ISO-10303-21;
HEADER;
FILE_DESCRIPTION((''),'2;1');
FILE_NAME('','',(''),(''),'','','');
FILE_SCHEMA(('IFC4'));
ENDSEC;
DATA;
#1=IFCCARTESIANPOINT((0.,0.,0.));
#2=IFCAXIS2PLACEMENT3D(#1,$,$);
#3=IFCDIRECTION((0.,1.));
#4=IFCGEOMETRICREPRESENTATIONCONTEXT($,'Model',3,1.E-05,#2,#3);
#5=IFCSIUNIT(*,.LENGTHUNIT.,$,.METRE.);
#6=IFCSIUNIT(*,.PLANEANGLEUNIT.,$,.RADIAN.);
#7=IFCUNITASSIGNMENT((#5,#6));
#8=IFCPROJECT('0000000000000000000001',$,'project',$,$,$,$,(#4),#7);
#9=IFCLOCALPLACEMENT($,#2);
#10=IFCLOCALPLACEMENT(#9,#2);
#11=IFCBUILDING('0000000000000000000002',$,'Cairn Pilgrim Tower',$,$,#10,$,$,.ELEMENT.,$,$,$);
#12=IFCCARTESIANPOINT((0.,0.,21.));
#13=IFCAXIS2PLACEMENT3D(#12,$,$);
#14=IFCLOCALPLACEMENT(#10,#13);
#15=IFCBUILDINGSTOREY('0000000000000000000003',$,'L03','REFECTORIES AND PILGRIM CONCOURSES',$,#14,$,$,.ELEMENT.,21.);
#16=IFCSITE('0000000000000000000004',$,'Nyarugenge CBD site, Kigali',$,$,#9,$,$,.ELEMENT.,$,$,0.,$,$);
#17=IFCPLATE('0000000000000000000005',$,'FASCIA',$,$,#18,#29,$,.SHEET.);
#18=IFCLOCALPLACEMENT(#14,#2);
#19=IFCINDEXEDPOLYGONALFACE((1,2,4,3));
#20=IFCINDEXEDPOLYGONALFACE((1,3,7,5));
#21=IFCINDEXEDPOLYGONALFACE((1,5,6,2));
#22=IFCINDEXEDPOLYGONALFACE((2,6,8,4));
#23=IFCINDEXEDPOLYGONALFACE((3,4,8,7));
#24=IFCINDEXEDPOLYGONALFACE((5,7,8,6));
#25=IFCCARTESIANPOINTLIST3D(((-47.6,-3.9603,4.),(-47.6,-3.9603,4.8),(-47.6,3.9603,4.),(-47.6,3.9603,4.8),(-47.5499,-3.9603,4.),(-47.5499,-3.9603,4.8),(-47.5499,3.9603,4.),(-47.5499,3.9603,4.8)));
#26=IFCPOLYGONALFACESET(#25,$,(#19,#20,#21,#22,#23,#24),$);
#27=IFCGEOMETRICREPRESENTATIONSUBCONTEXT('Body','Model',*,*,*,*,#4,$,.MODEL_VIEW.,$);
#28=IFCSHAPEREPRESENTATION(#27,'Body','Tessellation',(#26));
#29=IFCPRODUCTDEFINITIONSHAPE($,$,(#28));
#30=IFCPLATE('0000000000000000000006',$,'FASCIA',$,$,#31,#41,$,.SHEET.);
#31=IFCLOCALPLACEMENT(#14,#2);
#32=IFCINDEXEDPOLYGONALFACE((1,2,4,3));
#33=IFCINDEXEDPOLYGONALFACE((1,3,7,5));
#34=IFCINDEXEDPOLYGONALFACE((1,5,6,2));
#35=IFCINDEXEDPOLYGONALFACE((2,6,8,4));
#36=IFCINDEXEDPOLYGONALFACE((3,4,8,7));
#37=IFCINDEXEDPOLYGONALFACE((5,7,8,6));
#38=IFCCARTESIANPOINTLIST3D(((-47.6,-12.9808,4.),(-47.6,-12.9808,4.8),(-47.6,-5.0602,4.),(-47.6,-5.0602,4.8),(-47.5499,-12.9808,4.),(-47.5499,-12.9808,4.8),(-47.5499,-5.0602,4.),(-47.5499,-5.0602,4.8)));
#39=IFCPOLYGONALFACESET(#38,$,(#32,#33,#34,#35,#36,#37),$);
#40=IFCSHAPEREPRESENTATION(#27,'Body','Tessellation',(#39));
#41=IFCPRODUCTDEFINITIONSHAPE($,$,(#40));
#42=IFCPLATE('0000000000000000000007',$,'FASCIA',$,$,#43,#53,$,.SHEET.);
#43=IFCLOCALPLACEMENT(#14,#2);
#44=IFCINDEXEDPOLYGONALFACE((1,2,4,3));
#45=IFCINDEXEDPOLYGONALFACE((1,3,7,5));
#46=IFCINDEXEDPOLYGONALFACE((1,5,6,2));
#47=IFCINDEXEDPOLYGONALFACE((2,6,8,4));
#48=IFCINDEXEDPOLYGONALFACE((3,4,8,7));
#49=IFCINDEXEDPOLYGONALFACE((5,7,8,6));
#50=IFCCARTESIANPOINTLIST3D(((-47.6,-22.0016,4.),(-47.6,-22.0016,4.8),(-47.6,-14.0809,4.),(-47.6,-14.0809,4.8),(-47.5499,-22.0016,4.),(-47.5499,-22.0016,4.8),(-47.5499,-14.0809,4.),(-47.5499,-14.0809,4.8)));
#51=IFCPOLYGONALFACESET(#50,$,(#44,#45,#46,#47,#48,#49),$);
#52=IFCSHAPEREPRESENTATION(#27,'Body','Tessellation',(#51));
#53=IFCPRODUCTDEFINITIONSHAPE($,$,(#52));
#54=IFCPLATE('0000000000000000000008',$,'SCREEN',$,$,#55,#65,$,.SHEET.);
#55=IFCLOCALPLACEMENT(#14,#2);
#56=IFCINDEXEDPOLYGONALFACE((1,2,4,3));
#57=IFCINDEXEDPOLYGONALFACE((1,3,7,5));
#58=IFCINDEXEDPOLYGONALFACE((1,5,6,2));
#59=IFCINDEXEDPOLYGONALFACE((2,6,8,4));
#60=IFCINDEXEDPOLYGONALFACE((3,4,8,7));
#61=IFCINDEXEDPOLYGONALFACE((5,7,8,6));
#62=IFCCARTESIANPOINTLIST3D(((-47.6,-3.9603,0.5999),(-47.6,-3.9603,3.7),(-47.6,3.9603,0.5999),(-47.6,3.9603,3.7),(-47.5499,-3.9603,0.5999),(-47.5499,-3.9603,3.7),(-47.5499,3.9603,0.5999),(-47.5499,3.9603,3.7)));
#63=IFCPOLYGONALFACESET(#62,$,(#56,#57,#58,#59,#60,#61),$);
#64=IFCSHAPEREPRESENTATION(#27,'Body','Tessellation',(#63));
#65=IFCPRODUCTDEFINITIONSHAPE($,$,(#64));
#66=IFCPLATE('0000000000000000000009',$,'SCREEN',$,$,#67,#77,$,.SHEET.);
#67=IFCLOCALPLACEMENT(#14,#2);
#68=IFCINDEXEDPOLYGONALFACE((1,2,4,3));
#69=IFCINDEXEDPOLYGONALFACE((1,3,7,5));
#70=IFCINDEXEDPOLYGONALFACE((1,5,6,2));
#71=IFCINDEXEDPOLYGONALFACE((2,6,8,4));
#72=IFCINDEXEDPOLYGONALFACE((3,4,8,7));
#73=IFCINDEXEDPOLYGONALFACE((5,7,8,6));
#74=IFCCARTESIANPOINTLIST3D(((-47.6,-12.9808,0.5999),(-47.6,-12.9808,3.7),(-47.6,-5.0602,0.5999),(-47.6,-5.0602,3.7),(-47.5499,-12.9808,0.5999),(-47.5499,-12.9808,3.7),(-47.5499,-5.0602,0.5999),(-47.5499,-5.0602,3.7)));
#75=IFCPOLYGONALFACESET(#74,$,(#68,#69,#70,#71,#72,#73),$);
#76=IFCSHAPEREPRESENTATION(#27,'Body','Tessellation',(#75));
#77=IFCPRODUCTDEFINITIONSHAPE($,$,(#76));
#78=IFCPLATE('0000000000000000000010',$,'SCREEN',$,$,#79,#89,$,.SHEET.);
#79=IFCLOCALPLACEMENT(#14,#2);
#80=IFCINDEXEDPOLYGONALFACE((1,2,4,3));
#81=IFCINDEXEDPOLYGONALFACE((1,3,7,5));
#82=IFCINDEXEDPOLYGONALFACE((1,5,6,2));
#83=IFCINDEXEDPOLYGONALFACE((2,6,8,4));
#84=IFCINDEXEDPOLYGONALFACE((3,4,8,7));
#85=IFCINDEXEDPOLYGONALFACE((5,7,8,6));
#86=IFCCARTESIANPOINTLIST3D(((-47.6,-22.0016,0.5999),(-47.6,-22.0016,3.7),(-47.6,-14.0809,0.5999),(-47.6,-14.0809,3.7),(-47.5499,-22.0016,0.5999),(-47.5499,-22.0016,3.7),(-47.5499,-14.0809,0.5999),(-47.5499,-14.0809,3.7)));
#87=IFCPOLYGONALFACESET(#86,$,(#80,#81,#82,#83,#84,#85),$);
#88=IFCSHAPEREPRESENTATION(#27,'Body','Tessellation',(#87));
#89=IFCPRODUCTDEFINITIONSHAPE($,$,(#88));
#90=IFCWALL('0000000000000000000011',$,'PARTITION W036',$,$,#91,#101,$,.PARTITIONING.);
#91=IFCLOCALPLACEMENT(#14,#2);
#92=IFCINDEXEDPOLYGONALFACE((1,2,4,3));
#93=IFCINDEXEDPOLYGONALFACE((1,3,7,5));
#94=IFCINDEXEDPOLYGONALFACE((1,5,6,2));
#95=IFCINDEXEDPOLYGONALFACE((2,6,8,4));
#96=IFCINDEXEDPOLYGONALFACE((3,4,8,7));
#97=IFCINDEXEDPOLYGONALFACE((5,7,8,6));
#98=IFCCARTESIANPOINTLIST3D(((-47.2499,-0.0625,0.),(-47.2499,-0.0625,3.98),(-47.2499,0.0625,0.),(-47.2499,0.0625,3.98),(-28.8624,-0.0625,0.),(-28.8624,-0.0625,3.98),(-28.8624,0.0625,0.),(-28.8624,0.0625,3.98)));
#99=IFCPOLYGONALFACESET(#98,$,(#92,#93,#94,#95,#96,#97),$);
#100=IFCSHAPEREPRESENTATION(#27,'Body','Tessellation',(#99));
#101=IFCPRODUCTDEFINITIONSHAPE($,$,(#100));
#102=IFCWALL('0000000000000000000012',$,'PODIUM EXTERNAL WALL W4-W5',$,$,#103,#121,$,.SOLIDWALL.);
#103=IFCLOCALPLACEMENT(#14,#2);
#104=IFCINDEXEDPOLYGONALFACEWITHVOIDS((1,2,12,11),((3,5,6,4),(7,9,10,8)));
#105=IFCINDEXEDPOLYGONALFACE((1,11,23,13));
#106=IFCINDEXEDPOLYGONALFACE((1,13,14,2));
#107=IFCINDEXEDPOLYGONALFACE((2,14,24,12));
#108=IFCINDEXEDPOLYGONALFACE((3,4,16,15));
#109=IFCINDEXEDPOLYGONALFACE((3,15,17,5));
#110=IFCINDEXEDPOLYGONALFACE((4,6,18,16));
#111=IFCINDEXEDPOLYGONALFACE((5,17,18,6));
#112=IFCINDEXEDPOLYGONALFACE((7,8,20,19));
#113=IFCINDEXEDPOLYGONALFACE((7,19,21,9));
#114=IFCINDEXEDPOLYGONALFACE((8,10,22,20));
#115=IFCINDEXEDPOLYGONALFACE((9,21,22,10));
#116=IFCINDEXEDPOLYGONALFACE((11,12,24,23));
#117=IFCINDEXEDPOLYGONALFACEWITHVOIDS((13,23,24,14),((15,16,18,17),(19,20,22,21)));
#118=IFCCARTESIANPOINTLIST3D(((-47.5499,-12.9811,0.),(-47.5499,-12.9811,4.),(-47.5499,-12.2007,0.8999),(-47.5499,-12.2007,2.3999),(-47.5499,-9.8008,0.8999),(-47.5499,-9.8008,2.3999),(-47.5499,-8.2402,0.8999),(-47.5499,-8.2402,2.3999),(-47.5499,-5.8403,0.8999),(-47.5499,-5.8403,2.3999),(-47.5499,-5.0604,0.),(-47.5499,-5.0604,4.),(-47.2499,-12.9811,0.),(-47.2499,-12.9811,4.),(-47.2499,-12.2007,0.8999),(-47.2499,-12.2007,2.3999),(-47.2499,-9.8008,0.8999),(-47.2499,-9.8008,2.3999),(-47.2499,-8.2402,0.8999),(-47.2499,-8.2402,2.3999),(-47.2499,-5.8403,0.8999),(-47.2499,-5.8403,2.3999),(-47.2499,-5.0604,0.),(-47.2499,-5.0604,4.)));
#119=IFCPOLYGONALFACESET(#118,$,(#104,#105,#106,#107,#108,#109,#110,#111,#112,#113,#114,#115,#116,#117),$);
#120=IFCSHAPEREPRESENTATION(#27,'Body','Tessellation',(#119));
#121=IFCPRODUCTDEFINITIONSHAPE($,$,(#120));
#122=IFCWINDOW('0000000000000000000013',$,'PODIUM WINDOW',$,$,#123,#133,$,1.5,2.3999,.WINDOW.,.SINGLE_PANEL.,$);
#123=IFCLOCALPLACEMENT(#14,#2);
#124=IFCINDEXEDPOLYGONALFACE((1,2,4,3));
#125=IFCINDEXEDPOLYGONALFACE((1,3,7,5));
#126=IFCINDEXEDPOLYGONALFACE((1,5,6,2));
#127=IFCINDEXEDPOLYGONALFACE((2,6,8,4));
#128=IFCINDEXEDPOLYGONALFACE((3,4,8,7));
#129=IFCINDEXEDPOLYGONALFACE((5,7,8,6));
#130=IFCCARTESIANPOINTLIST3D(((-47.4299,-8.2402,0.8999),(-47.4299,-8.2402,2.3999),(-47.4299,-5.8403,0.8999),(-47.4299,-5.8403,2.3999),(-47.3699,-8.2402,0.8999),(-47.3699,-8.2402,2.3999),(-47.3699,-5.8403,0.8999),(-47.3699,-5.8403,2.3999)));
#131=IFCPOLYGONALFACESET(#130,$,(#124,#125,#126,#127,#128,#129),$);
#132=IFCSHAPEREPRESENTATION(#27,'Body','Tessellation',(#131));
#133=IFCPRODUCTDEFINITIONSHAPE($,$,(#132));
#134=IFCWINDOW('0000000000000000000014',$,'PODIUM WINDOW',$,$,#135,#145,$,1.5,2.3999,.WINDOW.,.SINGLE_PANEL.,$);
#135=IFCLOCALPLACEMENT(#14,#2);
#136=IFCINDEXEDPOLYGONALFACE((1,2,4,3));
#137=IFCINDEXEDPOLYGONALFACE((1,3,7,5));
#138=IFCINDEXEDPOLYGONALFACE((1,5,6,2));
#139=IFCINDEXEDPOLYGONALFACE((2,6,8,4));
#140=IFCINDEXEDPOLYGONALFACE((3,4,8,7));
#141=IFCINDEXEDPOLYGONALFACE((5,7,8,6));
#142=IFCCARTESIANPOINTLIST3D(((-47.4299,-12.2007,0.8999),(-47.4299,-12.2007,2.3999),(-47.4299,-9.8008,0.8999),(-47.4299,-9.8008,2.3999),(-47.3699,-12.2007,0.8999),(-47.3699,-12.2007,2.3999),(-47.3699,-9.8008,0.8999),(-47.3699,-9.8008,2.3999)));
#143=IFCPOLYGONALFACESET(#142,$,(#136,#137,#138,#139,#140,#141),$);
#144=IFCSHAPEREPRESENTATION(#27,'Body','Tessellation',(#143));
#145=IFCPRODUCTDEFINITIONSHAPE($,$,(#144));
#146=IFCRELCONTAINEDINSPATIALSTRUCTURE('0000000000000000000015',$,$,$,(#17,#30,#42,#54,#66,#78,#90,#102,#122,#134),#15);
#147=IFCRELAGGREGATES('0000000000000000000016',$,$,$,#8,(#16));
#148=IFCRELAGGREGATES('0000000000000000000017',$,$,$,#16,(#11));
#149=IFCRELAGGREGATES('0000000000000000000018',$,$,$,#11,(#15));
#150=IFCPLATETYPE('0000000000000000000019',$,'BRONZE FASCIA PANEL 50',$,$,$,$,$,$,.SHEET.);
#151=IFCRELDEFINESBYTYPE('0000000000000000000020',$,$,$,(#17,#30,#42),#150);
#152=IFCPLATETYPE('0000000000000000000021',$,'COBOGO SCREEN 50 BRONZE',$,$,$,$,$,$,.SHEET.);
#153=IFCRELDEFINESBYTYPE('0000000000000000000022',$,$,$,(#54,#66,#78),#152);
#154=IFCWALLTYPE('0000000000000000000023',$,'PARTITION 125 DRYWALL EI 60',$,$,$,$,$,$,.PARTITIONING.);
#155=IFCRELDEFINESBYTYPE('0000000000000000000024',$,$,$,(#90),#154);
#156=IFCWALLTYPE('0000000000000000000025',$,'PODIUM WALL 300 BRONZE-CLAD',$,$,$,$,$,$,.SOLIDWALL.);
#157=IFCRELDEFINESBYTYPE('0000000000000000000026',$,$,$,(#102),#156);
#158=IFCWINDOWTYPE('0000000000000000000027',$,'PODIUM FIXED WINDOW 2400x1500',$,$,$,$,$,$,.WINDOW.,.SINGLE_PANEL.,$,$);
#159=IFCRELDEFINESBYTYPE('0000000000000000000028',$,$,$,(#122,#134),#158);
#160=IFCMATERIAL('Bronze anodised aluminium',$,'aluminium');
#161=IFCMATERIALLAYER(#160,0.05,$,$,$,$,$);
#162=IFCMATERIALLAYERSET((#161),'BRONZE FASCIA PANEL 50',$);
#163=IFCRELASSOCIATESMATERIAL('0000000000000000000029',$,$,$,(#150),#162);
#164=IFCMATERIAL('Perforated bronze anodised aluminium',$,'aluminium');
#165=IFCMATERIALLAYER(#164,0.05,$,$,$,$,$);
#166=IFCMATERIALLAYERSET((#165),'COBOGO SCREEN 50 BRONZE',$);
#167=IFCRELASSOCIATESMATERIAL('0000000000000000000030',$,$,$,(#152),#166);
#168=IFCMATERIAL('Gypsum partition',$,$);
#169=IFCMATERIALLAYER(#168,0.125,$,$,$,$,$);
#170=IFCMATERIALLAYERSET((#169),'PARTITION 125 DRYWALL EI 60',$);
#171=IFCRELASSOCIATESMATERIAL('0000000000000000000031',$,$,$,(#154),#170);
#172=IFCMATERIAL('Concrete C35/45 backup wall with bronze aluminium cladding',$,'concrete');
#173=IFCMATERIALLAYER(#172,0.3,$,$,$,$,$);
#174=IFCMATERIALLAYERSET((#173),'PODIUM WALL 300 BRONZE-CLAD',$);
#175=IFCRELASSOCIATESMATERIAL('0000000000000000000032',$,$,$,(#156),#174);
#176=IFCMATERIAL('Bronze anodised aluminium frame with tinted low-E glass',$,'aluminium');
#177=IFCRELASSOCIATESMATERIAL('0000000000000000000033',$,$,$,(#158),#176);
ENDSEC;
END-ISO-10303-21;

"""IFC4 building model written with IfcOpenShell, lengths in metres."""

from ifc_helpers import new_model, si_unit, direction, frame, frame_2d, origin, origin_2d, place, context, subcontext, project, spatial, rectangle, extrude, material, layer, layer_set, type_object, element, fill, save


model = new_model("IFC4")

# Units and contexts
model_context = context("Model", 3, precision=1e-05, world=origin(), true_north=direction((0.0, 1.0)))
body_context = subcontext(model_context, "Body", "Model", "MODEL_VIEW")
ifc_project = project(units=[si_unit("LENGTHUNIT", "METRE"), si_unit("PLANEANGLEUNIT", "RADIAN")], contexts=[model_context])

# Site, building, storey
site_placement = place(None, origin())
site = spatial("IfcSite", under=ifc_project, at=site_placement, Name="Nyarugenge CBD site, Kigali", CompositionType="ELEMENT", RefElevation=0.0)
building_placement = place(site_placement, origin())
building = spatial("IfcBuilding", under=site, at=building_placement, Name="Cairn Pilgrim Tower", CompositionType="ELEMENT")
storey_placement = place(building_placement, frame((0.0, 0.0, 21.0)))
storey = spatial("IfcBuildingStorey", under=building, at=storey_placement, Name="L03", Description="REFECTORIES AND PILGRIM CONCOURSES", CompositionType="ELEMENT", Elevation=21.0)

# Plates
ifc_material_1 = material(Name="Bronze anodised aluminium", Category="aluminium")
ifc_layer_1 = layer(ifc_material_1, 0.05)
ifc_layer_set_1 = layer_set([ifc_layer_1], Name="BRONZE FASCIA PANEL 50")
plate_type_1 = type_object("IfcPlateType", Name="BRONZE FASCIA PANEL 50", PredefinedType="SHEET", material=ifc_layer_set_1)
for number, where, z_axis, x_axis, name in (
    (1, (-47.575, 0.0, 4.0), (0.0, 0.0, 1.0), (0.0, -1.0, 0.0), "FASCIA"),
    (2, (-47.575, -9.0205, 4.0), (0.0, 0.0, 1.0), (0.0, -1.0, 0.0), "FASCIA"),
    (3, (-47.575, -18.0413, 4.0), (0.0, 0.0, 1.0), (0.0, -1.0, 0.0), "FASCIA"),
):
    element("IfcPlate", number, at=place(storey_placement, frame(where, z_axis=z_axis, x_axis=x_axis)), inside=storey, type_object=plate_type_1, Name=name, PredefinedType="SHEET", context=body_context, shape_type="SweptSolid", body=[
        extrude(rectangle(XDim=7.9207, YDim=0.05, at=origin_2d()), origin(), (0.0, 0.0, 1.0), 0.8),
    ])
ifc_material_2 = material(Name="Perforated bronze anodised aluminium", Category="aluminium")
ifc_layer_2 = layer(ifc_material_2, 0.05)
ifc_layer_set_2 = layer_set([ifc_layer_2], Name="COBOGO SCREEN 50 BRONZE")
plate_type_2 = type_object("IfcPlateType", Name="COBOGO SCREEN 50 BRONZE", PredefinedType="SHEET", material=ifc_layer_set_2)
for number, where, z_axis, x_axis, name in (
    (4, (-47.575, 0.0, 0.5999), (0.0, 0.0, 1.0), (0.0, -1.0, 0.0), "SCREEN"),
    (5, (-47.575, -9.0205, 0.5999), (0.0, 0.0, 1.0), (0.0, -1.0, 0.0), "SCREEN"),
    (6, (-47.575, -18.0413, 0.5999), (0.0, 0.0, 1.0), (0.0, -1.0, 0.0), "SCREEN"),
):
    element("IfcPlate", number, at=place(storey_placement, frame(where, z_axis=z_axis, x_axis=x_axis)), inside=storey, type_object=plate_type_2, Name=name, PredefinedType="SHEET", context=body_context, shape_type="SweptSolid", body=[
        extrude(rectangle(XDim=7.9207, YDim=0.05, at=origin_2d()), origin(), (0.0, 0.0, 1.0), 3.1001),
    ])

# Wall
ifc_material_3 = material(Name="Gypsum partition")
ifc_layer_3 = layer(ifc_material_3, 0.125)
ifc_layer_set_3 = layer_set([ifc_layer_3], Name="PARTITION 125 DRYWALL EI 60")
wall_type_1 = type_object("IfcWallType", Name="PARTITION 125 DRYWALL EI 60", PredefinedType="PARTITIONING", material=ifc_layer_set_3)
wall_1_placement = place(storey_placement, frame((-47.25, 0.0, 0.0), z_axis=(0.0, 0.0, 1.0), x_axis=(1.0, 0.0, 0.0)))
element("IfcWall", 7, at=wall_1_placement, inside=storey, type_object=wall_type_1, Name="PARTITION W036", PredefinedType="PARTITIONING", context=body_context, shape_type="SweptSolid", body=[
    extrude(rectangle(XDim=18.3875, YDim=0.125, at=frame_2d((9.1938, 0.0))), origin(), (0.0, 0.0, 1.0), 3.98),
])

# Wall, openings, windows
ifc_material_4 = material(Name="Concrete C35/45 backup wall with bronze aluminium cladding", Category="concrete")
ifc_layer_4 = layer(ifc_material_4, 0.3)
ifc_layer_set_4 = layer_set([ifc_layer_4], Name="PODIUM WALL 300 BRONZE-CLAD")
wall_type_2 = type_object("IfcWallType", Name="PODIUM WALL 300 BRONZE-CLAD", PredefinedType="SOLIDWALL", material=ifc_layer_set_4)
wall_2_placement = place(storey_placement, frame((-47.3999, -5.0603, 0.0), z_axis=(0.0, 0.0, 1.0), x_axis=(0.0, -1.0, 0.0)))
wall_2 = element("IfcWall", 8, at=wall_2_placement, inside=storey, type_object=wall_type_2, Name="PODIUM EXTERNAL WALL W4-W5", PredefinedType="SOLIDWALL", context=body_context, shape_type="SweptSolid", body=[
    extrude(rectangle(XDim=7.9207, YDim=0.3, at=frame_2d((3.9604, 0.0))), origin(), (0.0, 0.0, 1.0), 4.0),
])
opening_1_placement = place(wall_2_placement, frame((0.78, 0.0, 0.8999)))
opening_1 = element("IfcOpeningElement", 9, at=opening_1_placement, cuts=wall_2, PredefinedType="OPENING", context=body_context, shape_type="SweptSolid", body=[
    extrude(rectangle(XDim=2.3999, YDim=1.5, at=frame_2d((1.2, 0.75))), frame((0.0, 0.1602, 0.0), z_axis=(0.0, -1.0, 0.0), x_axis=(1.0, 0.0, 0.0)), (0.0, 0.0, 1.0), 0.3201),
])
opening_2_placement = place(wall_2_placement, frame((4.7405, 0.0, 0.8999)))
opening_2 = element("IfcOpeningElement", 10, at=opening_2_placement, cuts=wall_2, PredefinedType="OPENING", context=body_context, shape_type="SweptSolid", body=[
    extrude(rectangle(XDim=2.3999, YDim=1.5, at=frame_2d((1.2, 0.75))), frame((0.0, 0.1602, 0.0), z_axis=(0.0, -1.0, 0.0), x_axis=(1.0, 0.0, 0.0)), (0.0, 0.0, 1.0), 0.3201),
])
ifc_material_5 = material(Name="Bronze anodised aluminium frame with tinted low-E glass", Category="aluminium")
window_type = type_object("IfcWindowType", Name="PODIUM FIXED WINDOW 2400x1500", PartitioningType="SINGLE_PANEL", PredefinedType="WINDOW", material=ifc_material_5)
window_1_placement = place(opening_1_placement, origin())
window_1 = element("IfcWindow", 11, at=window_1_placement, inside=storey, type_object=window_type, Name="PODIUM WINDOW", OverallHeight=1.5, OverallWidth=2.3999, PartitioningType="SINGLE_PANEL", PredefinedType="WINDOW", context=body_context, shape_type="SweptSolid", body=[
    extrude(rectangle(XDim=2.3999, YDim=1.5, at=frame_2d((1.2, 0.75))), frame((0.0, 0.03, 0.0), z_axis=(0.0, -1.0, 0.0), x_axis=(1.0, 0.0, 0.0)), (0.0, 0.0, 1.0), 0.0601),
])
fill(opening_1, window_1)
window_2_placement = place(opening_2_placement, origin())
window_2 = element("IfcWindow", 12, at=window_2_placement, inside=storey, type_object=window_type, Name="PODIUM WINDOW", OverallHeight=1.5, OverallWidth=2.3999, PartitioningType="SINGLE_PANEL", PredefinedType="WINDOW", context=body_context, shape_type="SweptSolid", body=[
    extrude(rectangle(XDim=2.3999, YDim=1.5, at=frame_2d((1.2, 0.75))), frame((0.0, 0.03, 0.0), z_axis=(0.0, -1.0, 0.0), x_axis=(1.0, 0.0, 0.0)), (0.0, 0.0, 1.0), 0.0601),
])
fill(opening_2, window_2)

save(model, "model.ifc")
